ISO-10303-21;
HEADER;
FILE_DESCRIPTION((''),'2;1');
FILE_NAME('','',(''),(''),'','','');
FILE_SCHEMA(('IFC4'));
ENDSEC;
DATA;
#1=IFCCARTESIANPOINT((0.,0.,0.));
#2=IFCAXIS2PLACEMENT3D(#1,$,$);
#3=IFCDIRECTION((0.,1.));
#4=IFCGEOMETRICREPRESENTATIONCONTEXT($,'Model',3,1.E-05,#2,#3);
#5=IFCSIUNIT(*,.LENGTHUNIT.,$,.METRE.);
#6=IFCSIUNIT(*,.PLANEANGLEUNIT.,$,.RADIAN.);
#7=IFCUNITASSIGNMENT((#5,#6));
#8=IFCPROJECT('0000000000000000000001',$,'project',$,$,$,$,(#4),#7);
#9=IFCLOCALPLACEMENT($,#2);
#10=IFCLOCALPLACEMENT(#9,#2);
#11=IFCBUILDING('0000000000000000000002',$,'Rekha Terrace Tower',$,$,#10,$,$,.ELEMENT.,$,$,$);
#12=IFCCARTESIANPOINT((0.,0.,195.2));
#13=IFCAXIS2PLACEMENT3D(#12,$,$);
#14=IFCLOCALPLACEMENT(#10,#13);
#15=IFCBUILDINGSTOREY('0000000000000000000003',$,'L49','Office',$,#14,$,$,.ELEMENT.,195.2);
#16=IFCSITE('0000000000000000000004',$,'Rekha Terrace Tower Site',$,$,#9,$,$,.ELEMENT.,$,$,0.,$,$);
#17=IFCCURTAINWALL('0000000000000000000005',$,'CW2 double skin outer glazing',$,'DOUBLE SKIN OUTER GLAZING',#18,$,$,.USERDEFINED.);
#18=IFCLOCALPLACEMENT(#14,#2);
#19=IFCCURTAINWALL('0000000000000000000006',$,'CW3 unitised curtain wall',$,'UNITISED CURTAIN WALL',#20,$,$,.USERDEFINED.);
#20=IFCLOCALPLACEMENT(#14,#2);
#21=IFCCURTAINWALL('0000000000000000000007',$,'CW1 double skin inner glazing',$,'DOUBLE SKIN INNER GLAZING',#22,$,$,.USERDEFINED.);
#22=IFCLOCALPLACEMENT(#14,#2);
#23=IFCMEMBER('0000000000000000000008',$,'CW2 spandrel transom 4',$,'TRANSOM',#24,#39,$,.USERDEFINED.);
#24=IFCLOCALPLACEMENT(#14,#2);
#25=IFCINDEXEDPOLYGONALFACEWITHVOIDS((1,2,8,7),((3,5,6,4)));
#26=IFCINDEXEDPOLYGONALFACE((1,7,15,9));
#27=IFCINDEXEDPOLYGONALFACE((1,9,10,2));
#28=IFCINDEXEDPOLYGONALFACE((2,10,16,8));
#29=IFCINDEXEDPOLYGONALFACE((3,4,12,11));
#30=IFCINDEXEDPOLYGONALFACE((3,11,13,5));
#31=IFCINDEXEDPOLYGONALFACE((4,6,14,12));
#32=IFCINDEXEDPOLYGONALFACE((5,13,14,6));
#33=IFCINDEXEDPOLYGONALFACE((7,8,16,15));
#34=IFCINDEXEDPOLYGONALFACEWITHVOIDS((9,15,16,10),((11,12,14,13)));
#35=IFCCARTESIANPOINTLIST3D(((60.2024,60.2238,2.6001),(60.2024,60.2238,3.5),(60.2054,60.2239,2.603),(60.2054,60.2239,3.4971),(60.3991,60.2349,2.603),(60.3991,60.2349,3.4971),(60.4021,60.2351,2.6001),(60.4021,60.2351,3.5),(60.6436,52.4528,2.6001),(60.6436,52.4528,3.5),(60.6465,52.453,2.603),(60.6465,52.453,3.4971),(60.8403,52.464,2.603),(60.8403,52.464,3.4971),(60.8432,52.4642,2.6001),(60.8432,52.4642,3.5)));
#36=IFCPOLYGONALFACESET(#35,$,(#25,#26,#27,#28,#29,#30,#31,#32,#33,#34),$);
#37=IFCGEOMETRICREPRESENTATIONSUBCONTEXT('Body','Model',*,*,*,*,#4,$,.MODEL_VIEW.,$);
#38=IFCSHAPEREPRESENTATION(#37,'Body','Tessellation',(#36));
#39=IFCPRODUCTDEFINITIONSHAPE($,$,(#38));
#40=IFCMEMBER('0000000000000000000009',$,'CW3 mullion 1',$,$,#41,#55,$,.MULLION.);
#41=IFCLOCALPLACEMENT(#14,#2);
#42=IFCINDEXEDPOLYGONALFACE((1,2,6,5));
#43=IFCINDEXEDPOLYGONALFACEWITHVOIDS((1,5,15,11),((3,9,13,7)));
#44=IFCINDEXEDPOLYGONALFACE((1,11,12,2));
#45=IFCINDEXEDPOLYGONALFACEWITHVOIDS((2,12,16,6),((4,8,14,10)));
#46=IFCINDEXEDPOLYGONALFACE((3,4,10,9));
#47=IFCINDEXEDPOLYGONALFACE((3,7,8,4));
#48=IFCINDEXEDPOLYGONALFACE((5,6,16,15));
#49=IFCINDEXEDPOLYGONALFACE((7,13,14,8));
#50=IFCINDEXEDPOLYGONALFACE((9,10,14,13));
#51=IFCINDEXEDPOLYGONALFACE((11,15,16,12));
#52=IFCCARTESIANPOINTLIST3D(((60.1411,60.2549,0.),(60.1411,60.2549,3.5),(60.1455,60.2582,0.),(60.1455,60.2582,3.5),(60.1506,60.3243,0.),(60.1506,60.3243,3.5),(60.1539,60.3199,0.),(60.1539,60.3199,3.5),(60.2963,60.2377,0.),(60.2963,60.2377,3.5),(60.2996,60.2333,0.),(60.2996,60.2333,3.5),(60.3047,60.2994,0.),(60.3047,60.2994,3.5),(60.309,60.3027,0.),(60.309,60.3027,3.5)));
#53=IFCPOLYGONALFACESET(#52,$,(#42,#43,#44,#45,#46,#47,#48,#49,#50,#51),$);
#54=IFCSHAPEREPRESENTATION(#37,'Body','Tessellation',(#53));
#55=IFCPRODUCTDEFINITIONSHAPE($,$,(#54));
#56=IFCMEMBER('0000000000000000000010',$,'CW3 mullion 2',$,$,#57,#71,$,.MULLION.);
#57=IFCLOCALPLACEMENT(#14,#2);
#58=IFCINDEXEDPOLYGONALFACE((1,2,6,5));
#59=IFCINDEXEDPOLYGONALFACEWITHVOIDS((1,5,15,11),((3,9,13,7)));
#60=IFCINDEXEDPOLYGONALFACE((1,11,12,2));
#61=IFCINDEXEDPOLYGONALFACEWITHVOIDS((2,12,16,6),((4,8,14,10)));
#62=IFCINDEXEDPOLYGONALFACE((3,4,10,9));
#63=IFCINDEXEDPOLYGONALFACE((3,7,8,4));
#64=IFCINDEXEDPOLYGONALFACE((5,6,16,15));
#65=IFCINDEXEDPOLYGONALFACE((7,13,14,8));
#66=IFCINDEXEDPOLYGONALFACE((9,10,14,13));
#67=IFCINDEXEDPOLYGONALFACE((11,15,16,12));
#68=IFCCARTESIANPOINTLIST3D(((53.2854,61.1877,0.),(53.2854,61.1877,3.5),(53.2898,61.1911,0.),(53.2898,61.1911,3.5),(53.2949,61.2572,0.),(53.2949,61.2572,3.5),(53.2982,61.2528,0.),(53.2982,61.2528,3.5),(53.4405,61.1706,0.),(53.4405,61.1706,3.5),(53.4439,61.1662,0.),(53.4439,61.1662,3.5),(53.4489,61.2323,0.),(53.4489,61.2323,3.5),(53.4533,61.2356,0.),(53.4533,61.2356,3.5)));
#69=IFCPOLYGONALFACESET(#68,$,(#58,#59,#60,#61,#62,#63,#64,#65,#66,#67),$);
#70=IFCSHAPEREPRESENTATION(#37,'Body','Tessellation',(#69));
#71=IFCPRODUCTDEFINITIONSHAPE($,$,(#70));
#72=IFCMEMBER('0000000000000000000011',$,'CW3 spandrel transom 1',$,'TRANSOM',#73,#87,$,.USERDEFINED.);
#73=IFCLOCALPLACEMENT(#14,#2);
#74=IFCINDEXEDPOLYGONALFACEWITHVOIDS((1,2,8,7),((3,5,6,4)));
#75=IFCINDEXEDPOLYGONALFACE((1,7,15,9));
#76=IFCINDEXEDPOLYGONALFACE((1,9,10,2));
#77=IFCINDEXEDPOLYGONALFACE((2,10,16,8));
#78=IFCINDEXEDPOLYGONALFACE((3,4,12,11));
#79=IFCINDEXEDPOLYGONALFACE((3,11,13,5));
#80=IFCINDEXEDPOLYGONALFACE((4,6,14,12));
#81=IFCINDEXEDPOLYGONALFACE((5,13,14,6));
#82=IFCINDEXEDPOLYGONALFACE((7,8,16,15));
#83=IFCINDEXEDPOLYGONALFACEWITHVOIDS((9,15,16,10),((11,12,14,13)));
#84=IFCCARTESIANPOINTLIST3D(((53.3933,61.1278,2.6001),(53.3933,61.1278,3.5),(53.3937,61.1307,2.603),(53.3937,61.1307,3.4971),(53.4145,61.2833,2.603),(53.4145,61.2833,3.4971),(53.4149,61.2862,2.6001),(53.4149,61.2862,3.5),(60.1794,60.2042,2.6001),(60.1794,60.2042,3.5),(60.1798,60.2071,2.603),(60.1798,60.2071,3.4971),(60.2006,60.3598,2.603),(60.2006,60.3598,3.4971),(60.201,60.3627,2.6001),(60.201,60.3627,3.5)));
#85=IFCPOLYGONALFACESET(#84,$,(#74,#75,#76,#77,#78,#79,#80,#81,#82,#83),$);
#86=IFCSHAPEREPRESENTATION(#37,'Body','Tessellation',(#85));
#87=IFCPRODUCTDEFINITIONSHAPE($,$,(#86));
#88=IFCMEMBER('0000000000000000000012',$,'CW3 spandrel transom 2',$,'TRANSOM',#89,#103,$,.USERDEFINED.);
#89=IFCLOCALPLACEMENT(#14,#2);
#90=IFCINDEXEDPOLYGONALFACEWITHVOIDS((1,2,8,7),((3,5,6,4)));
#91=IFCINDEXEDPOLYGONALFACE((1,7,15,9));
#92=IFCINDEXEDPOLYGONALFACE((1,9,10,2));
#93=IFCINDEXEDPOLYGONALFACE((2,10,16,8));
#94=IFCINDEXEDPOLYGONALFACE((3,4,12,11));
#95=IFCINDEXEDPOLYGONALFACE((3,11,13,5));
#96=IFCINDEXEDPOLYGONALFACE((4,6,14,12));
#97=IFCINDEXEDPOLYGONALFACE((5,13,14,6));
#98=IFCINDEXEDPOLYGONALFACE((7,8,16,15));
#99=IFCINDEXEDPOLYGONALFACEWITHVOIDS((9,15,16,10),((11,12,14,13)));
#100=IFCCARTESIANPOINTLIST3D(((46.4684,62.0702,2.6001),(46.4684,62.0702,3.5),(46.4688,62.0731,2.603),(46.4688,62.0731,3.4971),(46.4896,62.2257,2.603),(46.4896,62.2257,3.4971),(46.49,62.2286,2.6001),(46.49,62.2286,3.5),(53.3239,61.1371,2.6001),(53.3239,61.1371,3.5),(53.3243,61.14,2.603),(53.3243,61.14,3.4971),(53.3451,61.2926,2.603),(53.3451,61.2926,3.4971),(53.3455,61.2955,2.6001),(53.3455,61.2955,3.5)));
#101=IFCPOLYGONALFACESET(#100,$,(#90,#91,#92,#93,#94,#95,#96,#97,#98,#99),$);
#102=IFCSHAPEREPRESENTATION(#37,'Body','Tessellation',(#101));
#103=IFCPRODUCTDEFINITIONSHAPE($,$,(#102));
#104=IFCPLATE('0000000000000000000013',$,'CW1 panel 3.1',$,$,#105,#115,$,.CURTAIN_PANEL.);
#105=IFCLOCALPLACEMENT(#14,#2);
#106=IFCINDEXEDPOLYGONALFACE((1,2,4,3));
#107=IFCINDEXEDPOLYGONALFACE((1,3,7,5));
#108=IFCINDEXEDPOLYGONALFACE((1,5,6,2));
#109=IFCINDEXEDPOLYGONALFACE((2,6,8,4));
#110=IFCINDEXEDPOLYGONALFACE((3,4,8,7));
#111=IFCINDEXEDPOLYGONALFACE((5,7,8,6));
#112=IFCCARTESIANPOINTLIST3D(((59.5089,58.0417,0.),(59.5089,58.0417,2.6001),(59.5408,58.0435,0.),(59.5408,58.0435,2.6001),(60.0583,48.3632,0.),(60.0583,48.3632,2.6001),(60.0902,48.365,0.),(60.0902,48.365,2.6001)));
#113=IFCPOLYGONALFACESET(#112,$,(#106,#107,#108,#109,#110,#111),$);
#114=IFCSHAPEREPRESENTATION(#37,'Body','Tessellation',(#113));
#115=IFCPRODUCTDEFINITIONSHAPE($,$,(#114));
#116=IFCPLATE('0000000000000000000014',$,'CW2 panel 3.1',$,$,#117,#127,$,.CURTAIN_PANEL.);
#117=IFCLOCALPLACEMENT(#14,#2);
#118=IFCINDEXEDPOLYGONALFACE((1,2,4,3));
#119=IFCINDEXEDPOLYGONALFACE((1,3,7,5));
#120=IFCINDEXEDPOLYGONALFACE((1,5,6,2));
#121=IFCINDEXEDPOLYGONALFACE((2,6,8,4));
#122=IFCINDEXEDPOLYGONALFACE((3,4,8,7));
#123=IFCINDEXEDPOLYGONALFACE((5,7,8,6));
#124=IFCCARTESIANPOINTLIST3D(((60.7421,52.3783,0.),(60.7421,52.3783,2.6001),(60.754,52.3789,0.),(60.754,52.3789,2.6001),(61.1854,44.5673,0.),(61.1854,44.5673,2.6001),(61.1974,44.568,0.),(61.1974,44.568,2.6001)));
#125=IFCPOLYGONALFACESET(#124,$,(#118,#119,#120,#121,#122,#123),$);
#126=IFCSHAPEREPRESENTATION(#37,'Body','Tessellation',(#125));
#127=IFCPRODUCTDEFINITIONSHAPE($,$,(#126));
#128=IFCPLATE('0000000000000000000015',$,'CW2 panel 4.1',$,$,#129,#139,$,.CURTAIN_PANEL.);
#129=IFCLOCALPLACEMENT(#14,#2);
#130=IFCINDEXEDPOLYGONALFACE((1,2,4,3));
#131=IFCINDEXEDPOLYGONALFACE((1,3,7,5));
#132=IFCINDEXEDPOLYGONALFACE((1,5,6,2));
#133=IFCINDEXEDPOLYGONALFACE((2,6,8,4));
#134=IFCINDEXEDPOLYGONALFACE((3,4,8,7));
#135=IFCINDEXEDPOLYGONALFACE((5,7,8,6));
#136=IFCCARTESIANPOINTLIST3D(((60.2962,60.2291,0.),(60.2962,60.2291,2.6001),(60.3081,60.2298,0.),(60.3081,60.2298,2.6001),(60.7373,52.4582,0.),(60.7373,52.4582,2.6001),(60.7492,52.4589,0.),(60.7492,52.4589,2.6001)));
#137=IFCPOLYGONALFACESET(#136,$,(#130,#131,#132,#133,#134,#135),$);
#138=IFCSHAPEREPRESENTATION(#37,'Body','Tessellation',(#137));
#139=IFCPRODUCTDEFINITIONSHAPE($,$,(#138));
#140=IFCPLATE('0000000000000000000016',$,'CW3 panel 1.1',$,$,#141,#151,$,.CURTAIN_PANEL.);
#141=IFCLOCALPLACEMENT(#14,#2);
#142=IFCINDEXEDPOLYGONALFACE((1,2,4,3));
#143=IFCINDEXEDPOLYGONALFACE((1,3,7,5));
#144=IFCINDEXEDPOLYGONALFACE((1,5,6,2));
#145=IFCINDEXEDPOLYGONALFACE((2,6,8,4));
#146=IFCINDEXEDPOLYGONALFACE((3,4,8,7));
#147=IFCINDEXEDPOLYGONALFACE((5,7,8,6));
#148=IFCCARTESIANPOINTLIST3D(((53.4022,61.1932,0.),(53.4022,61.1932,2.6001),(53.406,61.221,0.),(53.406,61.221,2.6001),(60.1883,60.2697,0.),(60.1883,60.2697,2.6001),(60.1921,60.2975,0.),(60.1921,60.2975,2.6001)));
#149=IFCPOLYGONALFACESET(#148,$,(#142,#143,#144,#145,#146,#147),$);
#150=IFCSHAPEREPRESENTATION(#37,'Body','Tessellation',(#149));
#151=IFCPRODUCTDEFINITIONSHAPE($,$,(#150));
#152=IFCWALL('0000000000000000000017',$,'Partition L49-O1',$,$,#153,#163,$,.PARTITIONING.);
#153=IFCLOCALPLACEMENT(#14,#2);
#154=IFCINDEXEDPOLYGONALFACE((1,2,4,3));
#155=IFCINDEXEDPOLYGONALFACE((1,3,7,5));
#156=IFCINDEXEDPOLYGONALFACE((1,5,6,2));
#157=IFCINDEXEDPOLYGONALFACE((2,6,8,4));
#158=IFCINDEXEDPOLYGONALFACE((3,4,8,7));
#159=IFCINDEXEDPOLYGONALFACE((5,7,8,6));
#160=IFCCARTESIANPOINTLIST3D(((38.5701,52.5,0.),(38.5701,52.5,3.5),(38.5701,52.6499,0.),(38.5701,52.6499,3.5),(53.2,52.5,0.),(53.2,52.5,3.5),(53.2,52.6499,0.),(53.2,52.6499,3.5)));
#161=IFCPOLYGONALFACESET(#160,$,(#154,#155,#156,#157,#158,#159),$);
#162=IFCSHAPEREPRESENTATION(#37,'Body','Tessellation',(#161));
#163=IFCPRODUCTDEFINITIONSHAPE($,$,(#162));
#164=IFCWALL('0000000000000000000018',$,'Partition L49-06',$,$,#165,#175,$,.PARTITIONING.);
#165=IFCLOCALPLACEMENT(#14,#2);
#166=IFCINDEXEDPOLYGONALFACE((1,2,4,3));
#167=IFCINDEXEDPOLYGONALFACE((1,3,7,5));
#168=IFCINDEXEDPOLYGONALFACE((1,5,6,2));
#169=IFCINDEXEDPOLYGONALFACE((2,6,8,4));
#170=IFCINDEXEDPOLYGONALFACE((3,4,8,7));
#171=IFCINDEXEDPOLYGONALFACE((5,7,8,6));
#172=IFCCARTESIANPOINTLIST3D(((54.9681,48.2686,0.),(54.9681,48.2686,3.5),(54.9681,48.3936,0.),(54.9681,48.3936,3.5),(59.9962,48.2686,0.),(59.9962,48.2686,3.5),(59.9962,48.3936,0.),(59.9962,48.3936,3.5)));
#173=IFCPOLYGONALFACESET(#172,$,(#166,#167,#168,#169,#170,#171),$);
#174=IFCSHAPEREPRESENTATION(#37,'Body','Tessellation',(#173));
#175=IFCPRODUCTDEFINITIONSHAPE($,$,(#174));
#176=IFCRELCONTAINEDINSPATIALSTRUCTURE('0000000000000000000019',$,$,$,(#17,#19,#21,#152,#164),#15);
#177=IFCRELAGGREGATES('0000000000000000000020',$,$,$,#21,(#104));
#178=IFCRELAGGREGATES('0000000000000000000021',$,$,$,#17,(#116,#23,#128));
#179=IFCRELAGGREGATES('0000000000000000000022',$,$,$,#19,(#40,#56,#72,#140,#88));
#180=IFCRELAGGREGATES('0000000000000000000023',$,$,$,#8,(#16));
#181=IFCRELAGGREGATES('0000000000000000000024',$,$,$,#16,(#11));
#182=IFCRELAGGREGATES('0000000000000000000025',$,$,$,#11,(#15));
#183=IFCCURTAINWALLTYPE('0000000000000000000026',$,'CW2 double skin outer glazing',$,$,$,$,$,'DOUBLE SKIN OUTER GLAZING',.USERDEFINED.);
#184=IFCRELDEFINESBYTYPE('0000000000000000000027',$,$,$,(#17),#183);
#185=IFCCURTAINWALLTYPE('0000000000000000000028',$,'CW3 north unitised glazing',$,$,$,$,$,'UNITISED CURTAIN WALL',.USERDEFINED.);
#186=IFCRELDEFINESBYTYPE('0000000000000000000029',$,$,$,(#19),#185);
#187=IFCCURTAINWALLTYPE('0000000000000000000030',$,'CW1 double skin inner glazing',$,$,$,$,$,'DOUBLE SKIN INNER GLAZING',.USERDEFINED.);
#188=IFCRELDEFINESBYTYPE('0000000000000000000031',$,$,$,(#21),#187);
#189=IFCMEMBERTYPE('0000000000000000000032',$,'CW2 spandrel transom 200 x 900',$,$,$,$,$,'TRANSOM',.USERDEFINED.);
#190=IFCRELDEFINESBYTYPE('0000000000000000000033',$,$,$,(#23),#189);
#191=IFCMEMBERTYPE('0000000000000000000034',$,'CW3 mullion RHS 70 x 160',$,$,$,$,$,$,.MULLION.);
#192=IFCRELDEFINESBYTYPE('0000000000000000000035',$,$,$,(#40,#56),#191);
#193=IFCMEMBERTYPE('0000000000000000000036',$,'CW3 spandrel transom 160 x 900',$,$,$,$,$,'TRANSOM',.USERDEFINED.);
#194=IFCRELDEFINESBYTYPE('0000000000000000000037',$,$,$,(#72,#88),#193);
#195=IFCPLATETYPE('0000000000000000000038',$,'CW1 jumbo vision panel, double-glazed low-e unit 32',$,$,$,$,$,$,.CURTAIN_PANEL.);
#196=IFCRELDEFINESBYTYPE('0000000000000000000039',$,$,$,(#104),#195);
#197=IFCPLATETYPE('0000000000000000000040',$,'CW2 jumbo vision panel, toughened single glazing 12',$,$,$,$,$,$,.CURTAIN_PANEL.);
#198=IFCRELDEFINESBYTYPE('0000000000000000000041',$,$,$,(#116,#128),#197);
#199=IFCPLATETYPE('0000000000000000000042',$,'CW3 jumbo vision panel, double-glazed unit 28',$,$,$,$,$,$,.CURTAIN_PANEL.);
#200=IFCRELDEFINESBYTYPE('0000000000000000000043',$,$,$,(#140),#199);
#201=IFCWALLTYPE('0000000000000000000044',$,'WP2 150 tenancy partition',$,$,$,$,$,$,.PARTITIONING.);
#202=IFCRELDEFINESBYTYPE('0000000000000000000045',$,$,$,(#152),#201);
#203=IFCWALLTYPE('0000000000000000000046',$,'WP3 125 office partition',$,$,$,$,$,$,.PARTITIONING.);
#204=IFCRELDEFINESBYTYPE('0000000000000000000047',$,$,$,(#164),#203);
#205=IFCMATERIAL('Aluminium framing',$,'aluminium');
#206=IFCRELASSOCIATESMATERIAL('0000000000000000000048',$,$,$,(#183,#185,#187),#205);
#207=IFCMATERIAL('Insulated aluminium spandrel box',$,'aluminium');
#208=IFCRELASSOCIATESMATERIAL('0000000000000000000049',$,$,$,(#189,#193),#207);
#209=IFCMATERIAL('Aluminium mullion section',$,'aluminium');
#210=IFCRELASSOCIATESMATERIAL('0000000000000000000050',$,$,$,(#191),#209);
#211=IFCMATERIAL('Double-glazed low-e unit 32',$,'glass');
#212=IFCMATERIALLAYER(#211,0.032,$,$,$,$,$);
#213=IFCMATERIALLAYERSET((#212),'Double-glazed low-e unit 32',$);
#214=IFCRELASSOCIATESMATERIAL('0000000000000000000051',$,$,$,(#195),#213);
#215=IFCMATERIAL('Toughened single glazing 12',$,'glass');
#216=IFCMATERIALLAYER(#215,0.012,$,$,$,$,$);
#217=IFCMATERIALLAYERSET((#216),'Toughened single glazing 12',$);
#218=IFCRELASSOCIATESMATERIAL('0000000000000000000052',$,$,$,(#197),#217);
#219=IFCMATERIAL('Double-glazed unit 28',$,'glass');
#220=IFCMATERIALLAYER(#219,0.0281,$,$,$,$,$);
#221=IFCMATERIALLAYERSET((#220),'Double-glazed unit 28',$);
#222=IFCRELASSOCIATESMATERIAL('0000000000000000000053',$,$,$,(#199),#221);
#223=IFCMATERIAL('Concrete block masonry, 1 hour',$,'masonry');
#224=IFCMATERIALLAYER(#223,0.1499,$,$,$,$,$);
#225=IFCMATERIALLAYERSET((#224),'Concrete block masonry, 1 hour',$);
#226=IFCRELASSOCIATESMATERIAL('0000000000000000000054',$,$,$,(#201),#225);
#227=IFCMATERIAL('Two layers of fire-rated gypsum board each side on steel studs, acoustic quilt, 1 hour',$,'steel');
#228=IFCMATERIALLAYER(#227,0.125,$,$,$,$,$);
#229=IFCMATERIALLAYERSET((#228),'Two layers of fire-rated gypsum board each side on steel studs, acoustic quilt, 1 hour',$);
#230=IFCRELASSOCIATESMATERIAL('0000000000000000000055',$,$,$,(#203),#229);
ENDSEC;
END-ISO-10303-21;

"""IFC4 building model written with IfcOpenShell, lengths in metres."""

from ifc_helpers import new_model, si_unit, direction, frame, frame_2d, origin, origin_2d, place, context, subcontext, project, spatial, rectangle, hollow_rectangle, extrude, material, layer, layer_set, material_profile, profile_set, type_object, element, aggregate, save


model = new_model("IFC4")

# Units and contexts
model_context = context("Model", 3, precision=1e-05, world=origin(), true_north=direction((0.0, 1.0)))
body_context = subcontext(model_context, "Body", "Model", "MODEL_VIEW")
ifc_project = project(units=[si_unit("LENGTHUNIT", "METRE"), si_unit("PLANEANGLEUNIT", "RADIAN")], contexts=[model_context])

# Site, building, storey
site_placement = place(None, origin())
site = spatial("IfcSite", under=ifc_project, at=site_placement, Name="Rekha Terrace Tower Site", CompositionType="ELEMENT", RefElevation=0.0)
building_placement = place(site_placement, origin())
building = spatial("IfcBuilding", under=site, at=building_placement, Name="Rekha Terrace Tower", CompositionType="ELEMENT")
storey_placement = place(building_placement, frame((0.0, 0.0, 195.2)))
storey = spatial("IfcBuildingStorey", under=building, at=storey_placement, Name="L49", Description="Office", CompositionType="ELEMENT", Elevation=195.2)

# Curtain walls
ifc_material_1 = material(Name="Aluminium framing", Category="aluminium")
curtain_wall_type_1 = type_object("IfcCurtainWallType", Name="CW2 double skin outer glazing", ElementType="DOUBLE SKIN OUTER GLAZING", PredefinedType="USERDEFINED", material=ifc_material_1)
curtain_wall_1_placement = place(storey_placement, origin())
curtain_wall_1 = element("IfcCurtainWall", 1, at=curtain_wall_1_placement, inside=storey, type_object=curtain_wall_type_1, Name="CW2 double skin outer glazing", ObjectType="DOUBLE SKIN OUTER GLAZING", PredefinedType="USERDEFINED")
curtain_wall_type_2 = type_object("IfcCurtainWallType", Name="CW3 north unitised glazing", ElementType="UNITISED CURTAIN WALL", PredefinedType="USERDEFINED", material=ifc_material_1)
curtain_wall_2_placement = place(storey_placement, origin())
curtain_wall_2 = element("IfcCurtainWall", 2, at=curtain_wall_2_placement, inside=storey, type_object=curtain_wall_type_2, Name="CW3 unitised curtain wall", ObjectType="UNITISED CURTAIN WALL", PredefinedType="USERDEFINED")

# Curtain wall
curtain_wall_type_3 = type_object("IfcCurtainWallType", Name="CW1 double skin inner glazing", ElementType="DOUBLE SKIN INNER GLAZING", PredefinedType="USERDEFINED", material=ifc_material_1)
curtain_wall_3_placement = place(storey_placement, origin())
curtain_wall_3 = element("IfcCurtainWall", 3, at=curtain_wall_3_placement, inside=storey, type_object=curtain_wall_type_3, Name="CW1 double skin inner glazing", ObjectType="DOUBLE SKIN INNER GLAZING", PredefinedType="USERDEFINED")
ifc_material_2 = material(Name="Aluminium mullion section", Category="aluminium")
ifc_material_3 = material(Name="Insulated aluminium spandrel box", Category="aluminium")

# Members
ifc_material_profile_1 = material_profile(ifc_material_3, hollow_rectangle(XDim=0.2, YDim=0.8999, WallThickness=0.0029, at=origin_2d()), Name="AL SPANDREL BOX 200x900")
ifc_profile_set_1 = profile_set([ifc_material_profile_1], Name="Insulated aluminium spandrel box")
member_type_1 = type_object("IfcMemberType", Name="CW2 spandrel transom 200 x 900", ElementType="TRANSOM", PredefinedType="USERDEFINED", material=ifc_profile_set_1)
member_1_placement = place(storey_placement, frame((60.7434, 52.4585, 3.05), z_axis=(-0.056679, 0.998392, 0.0), x_axis=(-0.998392, -0.056679, 0.0)))
member_1 = element("IfcMember", 4, at=member_1_placement, type_object=member_type_1, Name="CW2 spandrel transom 4", ObjectType="TRANSOM", PredefinedType="USERDEFINED", context=body_context, shape_type="SweptSolid", body=[
    extrude(hollow_rectangle(XDim=0.2, YDim=0.8999, WallThickness=0.0029, at=origin_2d()), origin(), (0.0, 0.0, 1.0), 7.7834),
])
ifc_material_profile_2 = material_profile(ifc_material_2, hollow_rectangle(XDim=0.0701, YDim=0.1599, WallThickness=0.0039, at=origin_2d()), Name="AL RHS 70x160")
ifc_profile_set_2 = profile_set([ifc_material_profile_2], Name="Aluminium mullion section")
member_type_2 = type_object("IfcMemberType", Name="CW3 mullion RHS 70 x 160", PredefinedType="MULLION", material=ifc_profile_set_2)
member_2_placement = place(storey_placement, frame((60.2251, 60.2788, 0.0), z_axis=(0.0, 0.0, 1.0), x_axis=(-0.134841, -0.990867, 0.0)))
member_2 = element("IfcMember", 5, at=member_2_placement, type_object=member_type_2, Name="CW3 mullion 1", PredefinedType="MULLION", context=body_context, shape_type="SweptSolid", body=[
    extrude(hollow_rectangle(XDim=0.0701, YDim=0.1599, WallThickness=0.0039, at=origin_2d()), origin(), (0.0, 0.0, 1.0), 3.5),
])
member_3_placement = place(storey_placement, frame((53.3694, 61.2117, 0.0), z_axis=(0.0, 0.0, 1.0), x_axis=(-0.134841, -0.990867, 0.0)))
member_3 = element("IfcMember", 6, at=member_3_placement, type_object=member_type_2, Name="CW3 mullion 2", PredefinedType="MULLION", context=body_context, shape_type="SweptSolid", body=[
    extrude(hollow_rectangle(XDim=0.0701, YDim=0.1599, WallThickness=0.0039, at=origin_2d()), origin(), (0.0, 0.0, 1.0), 3.5),
])
ifc_material_profile_3 = material_profile(ifc_material_3, hollow_rectangle(XDim=0.1599, YDim=0.8999, WallThickness=0.0029, at=origin_2d()), Name="AL SPANDREL BOX 160x900")
ifc_profile_set_3 = profile_set([ifc_material_profile_3], Name="Insulated aluminium spandrel box")
member_type_3 = type_object("IfcMemberType", Name="CW3 spandrel transom 160 x 900", ElementType="TRANSOM", PredefinedType="USERDEFINED", material=ifc_profile_set_3)
member_4_placement = place(storey_placement, frame((60.1902, 60.2834, 3.05), z_axis=(-0.990865, 0.134855, 0.0), x_axis=(-0.134855, -0.990865, 0.0)))
member_4 = element("IfcMember", 7, at=member_4_placement, type_object=member_type_3, Name="CW3 spandrel transom 1", ObjectType="TRANSOM", PredefinedType="USERDEFINED", context=body_context, shape_type="SweptSolid", body=[
    extrude(hollow_rectangle(XDim=0.1599, YDim=0.8999, WallThickness=0.0029, at=origin_2d()), origin(), (0.0, 0.0, 1.0), 6.8486),
])
member_5_placement = place(storey_placement, frame((53.3347, 61.2163, 3.05), z_axis=(-0.990864, 0.134868, 0.0), x_axis=(-0.134868, -0.990864, 0.0)))
member_5 = element("IfcMember", 8, at=member_5_placement, type_object=member_type_3, Name="CW3 spandrel transom 2", ObjectType="TRANSOM", PredefinedType="USERDEFINED", context=body_context, shape_type="SweptSolid", body=[
    extrude(hollow_rectangle(XDim=0.1599, YDim=0.8999, WallThickness=0.0029, at=origin_2d()), origin(), (0.0, 0.0, 1.0), 6.9187),
])

# Plates
ifc_material_4 = material(Name="Double-glazed low-e unit 32", Category="glass")
ifc_layer_1 = layer(ifc_material_4, 0.032)
ifc_layer_set_1 = layer_set([ifc_layer_1], Name="Double-glazed low-e unit 32")
plate_type_1 = type_object("IfcPlateType", Name="CW1 jumbo vision panel, double-glazed low-e unit 32", PredefinedType="CURTAIN_PANEL", material=ifc_layer_set_1)
plate_1_placement = place(storey_placement, frame((59.7996, 53.2034, 0.0), z_axis=(0.0, 0.0, 1.0), x_axis=(-0.056673, 0.998393, 0.0)))
plate_1 = element("IfcPlate", 9, at=plate_1_placement, type_object=plate_type_1, Name="CW1 panel 3.1", PredefinedType="CURTAIN_PANEL", context=body_context, shape_type="SweptSolid", body=[
    extrude(rectangle(XDim=9.6941, YDim=0.032, at=origin_2d()), origin(), (0.0, 0.0, 1.0), 2.6001),
])
aggregate(curtain_wall_3, [plate_1])
ifc_material_5 = material(Name="Toughened single glazing 12", Category="glass")
ifc_layer_2 = layer(ifc_material_5, 0.012)
ifc_layer_set_2 = layer_set([ifc_layer_2], Name="Toughened single glazing 12")
plate_type_2 = type_object("IfcPlateType", Name="CW2 jumbo vision panel, toughened single glazing 12", PredefinedType="CURTAIN_PANEL", material=ifc_layer_set_2)
plate_2_placement = place(storey_placement, frame((60.9697, 48.4731, 0.0), z_axis=(0.0, 0.0, 1.0), x_axis=(-0.056673, 0.998393, 0.0)))
plate_2 = element("IfcPlate", 10, at=plate_2_placement, type_object=plate_type_2, Name="CW2 panel 3.1", PredefinedType="CURTAIN_PANEL", context=body_context, shape_type="SweptSolid", body=[
    extrude(rectangle(XDim=7.8235, YDim=0.012, at=origin_2d()), origin(), (0.0, 0.0, 1.0), 2.6001),
])
plate_3_placement = place(storey_placement, frame((60.5227, 56.344, 0.0), z_axis=(0.0, 0.0, 1.0), x_axis=(-0.056673, 0.998393, 0.0)))
plate_3 = element("IfcPlate", 11, at=plate_3_placement, type_object=plate_type_2, Name="CW2 panel 4.1", PredefinedType="CURTAIN_PANEL", context=body_context, shape_type="SweptSolid", body=[
    extrude(rectangle(XDim=7.7834, YDim=0.012, at=origin_2d()), origin(), (0.0, 0.0, 1.0), 2.6001),
])
aggregate(curtain_wall_1, [plate_2, member_1, plate_3])
ifc_material_6 = material(Name="Double-glazed unit 28", Category="glass")
ifc_layer_3 = layer(ifc_material_6, 0.0281)
ifc_layer_set_3 = layer_set([ifc_layer_3], Name="Double-glazed unit 28")
plate_type_3 = type_object("IfcPlateType", Name="CW3 jumbo vision panel, double-glazed unit 28", PredefinedType="CURTAIN_PANEL", material=ifc_layer_set_3)
plate_4_placement = place(storey_placement, frame((56.7971, 60.7454, 0.0), z_axis=(0.0, 0.0, 1.0), x_axis=(-0.990867, 0.134841, 0.0)))
plate_4 = element("IfcPlate", 12, at=plate_4_placement, type_object=plate_type_3, Name="CW3 panel 1.1", PredefinedType="CURTAIN_PANEL", context=body_context, shape_type="SweptSolid", body=[
    extrude(rectangle(XDim=6.8486, YDim=0.0281, at=origin_2d()), origin(), (0.0, 0.0, 1.0), 2.6001),
])
aggregate(curtain_wall_2, [member_2, member_3, member_4, plate_4, member_5])

# Walls
ifc_material_7 = material(Name="Concrete block masonry, 1 hour", Category="masonry")
ifc_layer_4 = layer(ifc_material_7, 0.1499)
ifc_layer_set_4 = layer_set([ifc_layer_4], Name="Concrete block masonry, 1 hour")
wall_type_1 = type_object("IfcWallType", Name="WP2 150 tenancy partition", PredefinedType="PARTITIONING", material=ifc_layer_set_4)
wall_1_placement = place(storey_placement, frame((53.2, 52.575, 0.0), z_axis=(0.0, 0.0, 1.0), x_axis=(-1.0, 0.0, 0.0)))
element("IfcWall", 13, at=wall_1_placement, inside=storey, type_object=wall_type_1, Name="Partition L49-O1", PredefinedType="PARTITIONING", context=body_context, shape_type="SweptSolid", body=[
    extrude(rectangle(XDim=14.6299, YDim=0.1499, at=frame_2d((7.3149, 0.0))), origin(), (0.0, 0.0, 1.0), 3.5),
])
ifc_material_8 = material(Name="Two layers of fire-rated gypsum board each side on steel studs, acoustic quilt, 1 hour", Category="steel")
ifc_layer_5 = layer(ifc_material_8, 0.125)
ifc_layer_set_5 = layer_set([ifc_layer_5], Name="Two layers of fire-rated gypsum board each side on steel studs, acoustic quilt, 1 hour")
wall_type_2 = type_object("IfcWallType", Name="WP3 125 office partition", PredefinedType="PARTITIONING", material=ifc_layer_set_5)
wall_2_placement = place(storey_placement, frame((54.968, 48.3311, 0.0), z_axis=(0.0, 0.0, 1.0), x_axis=(1.0, 0.0, 0.0)))
element("IfcWall", 14, at=wall_2_placement, inside=storey, type_object=wall_type_2, Name="Partition L49-06", PredefinedType="PARTITIONING", context=body_context, shape_type="SweptSolid", body=[
    extrude(rectangle(XDim=5.0281, YDim=0.125, at=frame_2d((2.5142, 0.0))), origin(), (0.0, 0.0, 1.0), 3.5),
])

save(model, "model.ifc")
